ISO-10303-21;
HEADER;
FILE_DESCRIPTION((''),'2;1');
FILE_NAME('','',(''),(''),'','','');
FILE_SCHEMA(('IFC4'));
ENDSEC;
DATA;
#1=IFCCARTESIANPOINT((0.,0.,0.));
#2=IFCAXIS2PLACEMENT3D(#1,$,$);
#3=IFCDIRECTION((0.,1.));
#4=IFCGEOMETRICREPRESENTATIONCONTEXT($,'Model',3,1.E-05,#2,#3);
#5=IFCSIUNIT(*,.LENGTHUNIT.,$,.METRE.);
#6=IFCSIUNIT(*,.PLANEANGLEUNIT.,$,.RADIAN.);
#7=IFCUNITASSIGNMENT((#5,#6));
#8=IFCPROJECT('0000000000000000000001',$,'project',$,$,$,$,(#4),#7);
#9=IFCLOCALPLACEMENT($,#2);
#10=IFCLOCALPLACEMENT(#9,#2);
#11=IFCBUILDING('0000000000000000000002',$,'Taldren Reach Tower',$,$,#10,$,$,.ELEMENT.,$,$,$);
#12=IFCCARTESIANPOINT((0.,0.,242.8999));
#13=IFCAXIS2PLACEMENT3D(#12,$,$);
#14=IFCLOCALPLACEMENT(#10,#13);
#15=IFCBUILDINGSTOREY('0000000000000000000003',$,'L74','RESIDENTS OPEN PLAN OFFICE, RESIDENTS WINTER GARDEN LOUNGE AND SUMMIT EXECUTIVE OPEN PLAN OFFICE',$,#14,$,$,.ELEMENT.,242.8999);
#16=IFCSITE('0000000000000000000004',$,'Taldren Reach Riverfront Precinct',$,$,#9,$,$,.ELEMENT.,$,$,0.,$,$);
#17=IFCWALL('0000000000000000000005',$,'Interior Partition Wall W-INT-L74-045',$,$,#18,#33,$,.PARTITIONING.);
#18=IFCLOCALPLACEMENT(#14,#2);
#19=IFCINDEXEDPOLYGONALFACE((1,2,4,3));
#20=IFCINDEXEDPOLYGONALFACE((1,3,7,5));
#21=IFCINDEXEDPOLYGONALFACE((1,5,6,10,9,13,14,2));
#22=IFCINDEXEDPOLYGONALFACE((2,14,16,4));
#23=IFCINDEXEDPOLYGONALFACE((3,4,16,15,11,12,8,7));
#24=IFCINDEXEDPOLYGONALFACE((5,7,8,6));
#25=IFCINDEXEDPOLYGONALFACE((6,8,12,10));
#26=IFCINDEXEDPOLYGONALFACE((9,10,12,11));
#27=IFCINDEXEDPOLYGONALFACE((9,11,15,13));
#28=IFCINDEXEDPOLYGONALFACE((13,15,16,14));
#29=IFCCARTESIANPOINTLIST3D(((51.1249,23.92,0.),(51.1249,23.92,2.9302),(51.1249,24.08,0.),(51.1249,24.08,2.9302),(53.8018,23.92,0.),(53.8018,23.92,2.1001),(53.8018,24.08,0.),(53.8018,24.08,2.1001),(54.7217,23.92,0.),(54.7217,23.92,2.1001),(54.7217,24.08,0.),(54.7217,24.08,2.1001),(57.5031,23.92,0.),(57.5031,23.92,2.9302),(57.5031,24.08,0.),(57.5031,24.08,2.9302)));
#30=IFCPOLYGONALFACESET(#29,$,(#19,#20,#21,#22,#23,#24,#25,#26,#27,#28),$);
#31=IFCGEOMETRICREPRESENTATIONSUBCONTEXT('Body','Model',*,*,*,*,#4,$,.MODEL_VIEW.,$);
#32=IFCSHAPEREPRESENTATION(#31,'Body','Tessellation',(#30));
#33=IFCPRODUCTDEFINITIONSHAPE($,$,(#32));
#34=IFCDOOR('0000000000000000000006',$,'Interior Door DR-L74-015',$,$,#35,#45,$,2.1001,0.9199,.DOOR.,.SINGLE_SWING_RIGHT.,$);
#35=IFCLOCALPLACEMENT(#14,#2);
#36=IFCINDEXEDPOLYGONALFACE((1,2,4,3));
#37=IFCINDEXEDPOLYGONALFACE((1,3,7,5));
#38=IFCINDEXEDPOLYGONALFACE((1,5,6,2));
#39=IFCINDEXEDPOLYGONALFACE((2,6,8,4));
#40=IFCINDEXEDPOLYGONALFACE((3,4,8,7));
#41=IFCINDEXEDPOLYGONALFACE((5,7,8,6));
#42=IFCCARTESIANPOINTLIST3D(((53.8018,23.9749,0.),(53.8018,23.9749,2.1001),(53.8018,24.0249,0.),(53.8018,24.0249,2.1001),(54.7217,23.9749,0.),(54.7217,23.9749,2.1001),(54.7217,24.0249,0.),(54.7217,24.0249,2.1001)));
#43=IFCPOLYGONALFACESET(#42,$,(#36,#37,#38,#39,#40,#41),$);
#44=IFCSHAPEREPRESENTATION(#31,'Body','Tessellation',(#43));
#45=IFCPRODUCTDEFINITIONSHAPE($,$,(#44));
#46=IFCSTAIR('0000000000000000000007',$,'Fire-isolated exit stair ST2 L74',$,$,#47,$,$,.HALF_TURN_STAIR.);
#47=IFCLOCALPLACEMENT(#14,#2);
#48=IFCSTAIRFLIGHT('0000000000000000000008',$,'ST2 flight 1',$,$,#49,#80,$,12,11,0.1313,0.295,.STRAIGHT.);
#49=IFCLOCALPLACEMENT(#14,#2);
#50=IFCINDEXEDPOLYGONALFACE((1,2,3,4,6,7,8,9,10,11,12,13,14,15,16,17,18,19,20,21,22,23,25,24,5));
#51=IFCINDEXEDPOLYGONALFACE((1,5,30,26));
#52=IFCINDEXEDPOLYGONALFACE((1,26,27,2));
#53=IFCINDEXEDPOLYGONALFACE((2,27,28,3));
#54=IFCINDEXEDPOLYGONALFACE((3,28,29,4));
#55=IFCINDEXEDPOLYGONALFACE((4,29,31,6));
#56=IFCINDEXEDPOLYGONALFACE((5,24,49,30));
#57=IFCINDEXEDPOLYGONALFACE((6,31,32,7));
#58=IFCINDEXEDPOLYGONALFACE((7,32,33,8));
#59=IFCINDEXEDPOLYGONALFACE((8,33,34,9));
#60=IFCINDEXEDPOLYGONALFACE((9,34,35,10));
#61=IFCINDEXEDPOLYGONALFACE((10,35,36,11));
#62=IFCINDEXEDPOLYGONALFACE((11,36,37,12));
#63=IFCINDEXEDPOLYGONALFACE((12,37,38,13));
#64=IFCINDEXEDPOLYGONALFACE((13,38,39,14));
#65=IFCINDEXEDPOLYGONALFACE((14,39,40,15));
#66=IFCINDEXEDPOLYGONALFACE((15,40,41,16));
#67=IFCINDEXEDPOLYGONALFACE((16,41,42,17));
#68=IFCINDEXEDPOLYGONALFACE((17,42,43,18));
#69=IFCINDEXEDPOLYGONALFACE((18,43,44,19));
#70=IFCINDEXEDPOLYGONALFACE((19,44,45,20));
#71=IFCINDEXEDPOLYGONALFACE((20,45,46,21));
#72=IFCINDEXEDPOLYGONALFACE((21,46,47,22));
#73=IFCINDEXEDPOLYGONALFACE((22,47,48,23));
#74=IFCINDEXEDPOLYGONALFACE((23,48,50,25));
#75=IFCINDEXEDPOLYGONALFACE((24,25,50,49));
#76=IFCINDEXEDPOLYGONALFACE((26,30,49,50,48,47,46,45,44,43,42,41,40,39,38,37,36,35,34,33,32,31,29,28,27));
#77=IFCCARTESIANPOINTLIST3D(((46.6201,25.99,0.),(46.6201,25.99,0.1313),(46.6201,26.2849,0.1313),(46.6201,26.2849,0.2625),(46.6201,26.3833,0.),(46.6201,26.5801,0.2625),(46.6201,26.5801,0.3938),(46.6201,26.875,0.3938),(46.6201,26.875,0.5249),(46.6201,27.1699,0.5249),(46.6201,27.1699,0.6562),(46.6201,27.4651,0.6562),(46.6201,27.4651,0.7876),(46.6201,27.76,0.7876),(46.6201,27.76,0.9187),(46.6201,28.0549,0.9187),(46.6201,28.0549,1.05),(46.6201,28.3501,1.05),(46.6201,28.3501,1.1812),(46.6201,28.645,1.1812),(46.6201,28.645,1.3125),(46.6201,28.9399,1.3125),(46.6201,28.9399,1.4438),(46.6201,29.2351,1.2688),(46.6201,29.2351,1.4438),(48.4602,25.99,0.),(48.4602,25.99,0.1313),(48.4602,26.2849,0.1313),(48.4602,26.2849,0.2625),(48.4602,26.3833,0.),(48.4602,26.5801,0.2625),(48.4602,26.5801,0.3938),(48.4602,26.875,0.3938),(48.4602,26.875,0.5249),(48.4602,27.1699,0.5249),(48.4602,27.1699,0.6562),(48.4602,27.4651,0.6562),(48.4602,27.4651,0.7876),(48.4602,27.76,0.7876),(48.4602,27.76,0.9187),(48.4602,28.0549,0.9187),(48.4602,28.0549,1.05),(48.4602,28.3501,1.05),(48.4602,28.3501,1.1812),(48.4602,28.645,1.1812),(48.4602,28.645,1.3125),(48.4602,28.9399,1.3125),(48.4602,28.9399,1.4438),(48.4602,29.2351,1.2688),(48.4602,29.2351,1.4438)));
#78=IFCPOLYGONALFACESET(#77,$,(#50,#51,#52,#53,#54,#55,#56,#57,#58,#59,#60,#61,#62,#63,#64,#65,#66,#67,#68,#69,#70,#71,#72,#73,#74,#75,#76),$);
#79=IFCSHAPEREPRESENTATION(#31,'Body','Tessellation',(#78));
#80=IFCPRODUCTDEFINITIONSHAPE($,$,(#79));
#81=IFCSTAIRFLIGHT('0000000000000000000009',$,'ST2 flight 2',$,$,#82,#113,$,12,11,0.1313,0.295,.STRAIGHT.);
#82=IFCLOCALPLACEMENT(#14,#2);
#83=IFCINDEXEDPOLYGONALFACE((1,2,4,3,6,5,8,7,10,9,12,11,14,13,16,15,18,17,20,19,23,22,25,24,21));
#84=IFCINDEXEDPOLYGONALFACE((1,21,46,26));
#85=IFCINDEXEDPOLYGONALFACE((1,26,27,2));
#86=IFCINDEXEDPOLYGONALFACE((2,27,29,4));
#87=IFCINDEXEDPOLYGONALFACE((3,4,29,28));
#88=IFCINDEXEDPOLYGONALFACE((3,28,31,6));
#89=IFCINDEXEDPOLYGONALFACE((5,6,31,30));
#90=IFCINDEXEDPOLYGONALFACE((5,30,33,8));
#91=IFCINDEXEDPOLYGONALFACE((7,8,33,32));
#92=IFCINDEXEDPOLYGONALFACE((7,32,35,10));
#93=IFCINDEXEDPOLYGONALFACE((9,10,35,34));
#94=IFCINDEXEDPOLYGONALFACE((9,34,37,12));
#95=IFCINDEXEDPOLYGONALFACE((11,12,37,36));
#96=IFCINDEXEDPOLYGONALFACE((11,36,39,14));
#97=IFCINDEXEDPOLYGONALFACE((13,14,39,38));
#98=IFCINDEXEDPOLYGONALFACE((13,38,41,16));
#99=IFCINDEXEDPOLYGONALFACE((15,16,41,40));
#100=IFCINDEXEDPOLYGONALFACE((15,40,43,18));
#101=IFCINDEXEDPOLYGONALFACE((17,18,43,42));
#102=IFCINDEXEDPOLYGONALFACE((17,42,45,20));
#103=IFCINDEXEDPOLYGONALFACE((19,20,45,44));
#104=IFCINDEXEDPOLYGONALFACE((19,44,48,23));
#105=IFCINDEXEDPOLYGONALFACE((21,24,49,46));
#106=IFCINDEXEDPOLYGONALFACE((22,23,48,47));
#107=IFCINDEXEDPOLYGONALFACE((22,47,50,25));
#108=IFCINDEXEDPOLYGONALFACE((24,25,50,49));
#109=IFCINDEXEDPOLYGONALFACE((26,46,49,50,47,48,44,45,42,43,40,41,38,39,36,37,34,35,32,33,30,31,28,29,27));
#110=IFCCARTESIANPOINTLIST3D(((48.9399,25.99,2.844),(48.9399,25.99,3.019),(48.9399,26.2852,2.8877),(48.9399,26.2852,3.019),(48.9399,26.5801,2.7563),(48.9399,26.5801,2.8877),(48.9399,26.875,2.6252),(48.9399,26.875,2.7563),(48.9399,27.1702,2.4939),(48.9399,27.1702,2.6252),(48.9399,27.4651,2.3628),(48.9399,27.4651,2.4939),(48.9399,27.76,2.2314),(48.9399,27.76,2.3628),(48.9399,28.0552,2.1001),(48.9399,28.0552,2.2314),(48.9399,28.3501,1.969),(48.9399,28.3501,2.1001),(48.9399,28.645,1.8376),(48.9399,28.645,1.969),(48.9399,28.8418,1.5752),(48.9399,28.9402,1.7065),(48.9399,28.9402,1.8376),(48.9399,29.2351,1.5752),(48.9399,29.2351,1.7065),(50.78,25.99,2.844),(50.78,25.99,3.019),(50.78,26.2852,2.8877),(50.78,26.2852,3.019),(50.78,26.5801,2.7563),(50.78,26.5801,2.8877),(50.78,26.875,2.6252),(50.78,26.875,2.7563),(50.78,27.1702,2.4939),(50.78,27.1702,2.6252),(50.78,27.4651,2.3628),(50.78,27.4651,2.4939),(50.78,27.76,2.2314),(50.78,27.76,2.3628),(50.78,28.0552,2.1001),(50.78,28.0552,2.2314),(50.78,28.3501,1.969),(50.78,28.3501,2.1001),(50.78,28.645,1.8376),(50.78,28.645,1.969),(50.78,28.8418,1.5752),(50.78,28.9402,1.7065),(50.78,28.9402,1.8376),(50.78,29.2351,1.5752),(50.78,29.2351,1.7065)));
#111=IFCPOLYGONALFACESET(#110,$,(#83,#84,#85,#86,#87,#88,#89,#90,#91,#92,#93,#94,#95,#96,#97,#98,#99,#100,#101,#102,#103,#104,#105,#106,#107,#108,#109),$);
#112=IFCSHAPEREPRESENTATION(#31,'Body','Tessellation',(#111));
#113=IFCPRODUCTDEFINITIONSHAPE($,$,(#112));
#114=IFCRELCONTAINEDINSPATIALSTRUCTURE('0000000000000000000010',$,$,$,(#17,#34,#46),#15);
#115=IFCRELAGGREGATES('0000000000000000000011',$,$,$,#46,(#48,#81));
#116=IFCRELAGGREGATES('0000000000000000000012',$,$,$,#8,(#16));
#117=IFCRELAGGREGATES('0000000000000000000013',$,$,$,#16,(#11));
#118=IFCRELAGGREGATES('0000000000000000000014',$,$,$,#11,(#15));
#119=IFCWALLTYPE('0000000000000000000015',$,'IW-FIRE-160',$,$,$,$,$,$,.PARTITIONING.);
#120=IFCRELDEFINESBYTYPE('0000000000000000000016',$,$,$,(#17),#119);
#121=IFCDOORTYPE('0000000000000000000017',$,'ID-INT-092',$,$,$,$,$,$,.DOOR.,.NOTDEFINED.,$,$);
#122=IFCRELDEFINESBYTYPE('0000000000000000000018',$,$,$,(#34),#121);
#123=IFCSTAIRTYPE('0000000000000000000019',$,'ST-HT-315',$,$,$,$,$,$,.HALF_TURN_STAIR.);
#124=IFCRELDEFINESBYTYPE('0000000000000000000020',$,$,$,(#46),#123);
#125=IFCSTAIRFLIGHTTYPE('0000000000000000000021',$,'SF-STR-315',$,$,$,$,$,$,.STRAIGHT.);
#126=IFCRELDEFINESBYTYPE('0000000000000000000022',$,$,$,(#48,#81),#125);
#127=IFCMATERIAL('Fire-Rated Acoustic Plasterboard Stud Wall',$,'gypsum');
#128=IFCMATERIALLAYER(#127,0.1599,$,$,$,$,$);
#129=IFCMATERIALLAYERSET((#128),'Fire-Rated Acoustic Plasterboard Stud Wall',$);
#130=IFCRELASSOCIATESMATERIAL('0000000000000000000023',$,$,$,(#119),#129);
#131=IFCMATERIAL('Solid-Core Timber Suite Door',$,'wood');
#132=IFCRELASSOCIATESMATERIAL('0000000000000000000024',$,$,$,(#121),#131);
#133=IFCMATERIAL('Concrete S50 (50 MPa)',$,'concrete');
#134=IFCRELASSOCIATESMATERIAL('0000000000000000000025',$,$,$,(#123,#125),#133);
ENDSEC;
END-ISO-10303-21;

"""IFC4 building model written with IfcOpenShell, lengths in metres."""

from ifc_helpers import new_model, si_unit, direction, frame, frame_2d, origin, place, context, subcontext, project, spatial, polyline, rectangle, outline, extrude, source, transform, mapped, material, layer, layer_set, type_object, element, fill, aggregate, save


model = new_model("IFC4")

# Units and contexts
model_context = context("Model", 3, precision=1e-05, world=origin(), true_north=direction((0.0, 1.0)))
body_context = subcontext(model_context, "Body", "Model", "MODEL_VIEW")
ifc_project = project(units=[si_unit("LENGTHUNIT", "METRE"), si_unit("PLANEANGLEUNIT", "RADIAN")], contexts=[model_context])

# Site, building, storey
site_placement = place(None, origin())
site = spatial("IfcSite", under=ifc_project, at=site_placement, Name="Taldren Reach Riverfront Precinct", CompositionType="ELEMENT", RefElevation=0.0)
building_placement = place(site_placement, origin())
building = spatial("IfcBuilding", under=site, at=building_placement, Name="Taldren Reach Tower", CompositionType="ELEMENT")
storey_placement = place(building_placement, frame((0.0, 0.0, 242.8999)))
storey = spatial("IfcBuildingStorey", under=building, at=storey_placement, Name="L74", Description="RESIDENTS OPEN PLAN OFFICE, RESIDENTS WINTER GARDEN LOUNGE AND SUMMIT EXECUTIVE OPEN PLAN OFFICE", CompositionType="ELEMENT", Elevation=242.8999)

# Wall, opening, door
ifc_material_1 = material(Name="Fire-Rated Acoustic Plasterboard Stud Wall", Category="gypsum")
ifc_layer_1 = layer(ifc_material_1, 0.1599)
ifc_layer_set_1 = layer_set([ifc_layer_1], Name="Fire-Rated Acoustic Plasterboard Stud Wall")
wall_type_1 = type_object("IfcWallType", Name="IW-FIRE-160", PredefinedType="PARTITIONING", material=ifc_layer_set_1)
shared_shape_1 = source(origin(), body_context, "Body", "SweptSolid", [
    extrude(rectangle(XDim=6.3782, YDim=0.1599, at=frame_2d((3.189, 0.0))), origin(), (0.0, 0.0, 1.0), 2.9302),
])
wall_1_placement = place(storey_placement, frame((51.125, 24.0, 0.0), z_axis=(0.0, 0.0, 1.0), x_axis=(1.0, 0.0, 0.0)))
wall_1 = element("IfcWall", 1, at=wall_1_placement, inside=storey, type_object=wall_type_1, Name="Interior Partition Wall W-INT-L74-045", PredefinedType="PARTITIONING", context=body_context, shape_type="MappedRepresentation", body=[
    mapped(shared_shape_1, transform((0.0, 0.0, 0.0), scale=1.0)),
])
shared_shape_2 = source(origin(), body_context, "Body", "SweptSolid", [
    extrude(rectangle(XDim=0.9199, YDim=2.1001, at=frame_2d((0.46, 1.05))), frame((0.0, 0.0898, 0.0), z_axis=(0.0, -1.0, 0.0), x_axis=(1.0, 0.0, 0.0)), (0.0, 0.0, 1.0), 0.1799),
])
opening_placement = place(wall_1_placement, frame((2.6768, 0.0, 0.0)))
opening = element("IfcOpeningElement", 2, at=opening_placement, cuts=wall_1, PredefinedType="OPENING", context=body_context, shape_type="MappedRepresentation", body=[
    mapped(shared_shape_2, transform((0.0, 0.0, 0.0), scale=1.0)),
])
ifc_material_2 = material(Name="Solid-Core Timber Suite Door", Category="wood")
door_type = type_object("IfcDoorType", Name="ID-INT-092", OperationType="NOTDEFINED", PredefinedType="DOOR", material=ifc_material_2)
shared_shape_3 = source(origin(), body_context, "Body", "SweptSolid", [
    extrude(rectangle(XDim=0.9199, YDim=2.1001, at=frame_2d((0.46, 1.05))), frame((0.0, 0.0249, 0.0), z_axis=(0.0, -1.0, 0.0), x_axis=(1.0, 0.0, 0.0)), (0.0, 0.0, 1.0), 0.05),
])
door_placement = place(opening_placement, origin())
door = element("IfcDoor", 3, at=door_placement, inside=storey, type_object=door_type, Name="Interior Door DR-L74-015", OperationType="SINGLE_SWING_RIGHT", OverallHeight=2.1001, OverallWidth=0.9199, PredefinedType="DOOR", context=body_context, shape_type="MappedRepresentation", body=[
    mapped(shared_shape_3, transform((0.0, 0.0, 0.0), scale=1.0)),
])
fill(opening, door)

# Stair, stair flights
ifc_material_3 = material(Name="Concrete S50 (50 MPa)", Category="concrete")
stair_type = type_object("IfcStairType", Name="ST-HT-315", PredefinedType="HALF_TURN_STAIR", material=ifc_material_3)
stair_placement = place(storey_placement, origin())
stair = element("IfcStair", 4, at=stair_placement, inside=storey, type_object=stair_type, Name="Fire-isolated exit stair ST2 L74", PredefinedType="HALF_TURN_STAIR")
stair_flight_type = type_object("IfcStairFlightType", Name="SF-STR-315", PredefinedType="STRAIGHT", material=ifc_material_3)
stair_flight_1_placement = place(storey_placement, frame((47.54, 25.99, 0.0), z_axis=(0.0, 0.0, 1.0), x_axis=(0.0, 1.0, 0.0)))
stair_flight_1 = element("IfcStairFlight", 5, at=stair_flight_1_placement, type_object=stair_flight_type, Name="ST2 flight 1", NumberOfRisers=12, NumberOfTreads=11, PredefinedType="STRAIGHT", RiserHeight=0.1313, TreadLength=0.295, context=body_context, shape_type="SweptSolid", body=[
    extrude(outline(polyline([(0.0, 0.0), (0.0, 0.1313), (0.2949, 0.1313), (0.2949, 0.2625), (0.5901, 0.2625), (0.5901, 0.3938), (0.885, 0.3938), (0.885, 0.5249), (1.1799, 0.5249), (1.1799, 0.6562), (1.4751, 0.6562), (1.4751, 0.7876), (1.77, 0.7876), (1.77, 0.9187), (2.0649, 0.9187), (2.0649, 1.05), (2.3601, 1.05), (2.3601, 1.1812), (2.655, 1.1812), (2.655, 1.3125), (2.95, 1.3125), (2.95, 1.4438), (3.2451, 1.4438), (3.2451, 1.575), (3.2451, 1.2688), (0.3933, 0.0), (0.0, 0.0)])), frame((0.0, 0.9199, 0.0), z_axis=(0.0, -1.0, 0.0), x_axis=(1.0, 0.0, 0.0)), (0.0, 0.0, 1.0), 1.8401),
])
stair_flight_2_placement = place(storey_placement, frame((49.8601, 29.2351, 1.5752), z_axis=(0.0, 0.0, 1.0), x_axis=(0.0, -1.0, 0.0)))
stair_flight_2 = element("IfcStairFlight", 6, at=stair_flight_2_placement, type_object=stair_flight_type, Name="ST2 flight 2", NumberOfRisers=12, NumberOfTreads=11, PredefinedType="STRAIGHT", RiserHeight=0.1313, TreadLength=0.295, context=body_context, shape_type="SweptSolid", body=[
    extrude(outline(polyline([(0.0, 0.0), (0.0, 0.1313), (0.2949, 0.1313), (0.2949, 0.2625), (0.5901, 0.2625), (0.5901, 0.3938), (0.885, 0.3938), (0.885, 0.5249), (1.1799, 0.5249), (1.1799, 0.6562), (1.4751, 0.6562), (1.4751, 0.7876), (1.77, 0.7876), (1.77, 0.9187), (2.0649, 0.9187), (2.0649, 1.05), (2.3601, 1.05), (2.3601, 1.1812), (2.655, 1.1812), (2.655, 1.3125), (2.95, 1.3125), (2.95, 1.4438), (3.2451, 1.4438), (3.2451, 1.575), (3.2451, 1.2688), (0.3933, 0.0), (0.0, 0.0)])), frame((0.0, 0.9199, 0.0), z_axis=(0.0, -1.0, 0.0), x_axis=(1.0, 0.0, 0.0)), (0.0, 0.0, 1.0), 1.8401),
])
aggregate(stair, [stair_flight_1, stair_flight_2])

save(model, "model.ifc")
